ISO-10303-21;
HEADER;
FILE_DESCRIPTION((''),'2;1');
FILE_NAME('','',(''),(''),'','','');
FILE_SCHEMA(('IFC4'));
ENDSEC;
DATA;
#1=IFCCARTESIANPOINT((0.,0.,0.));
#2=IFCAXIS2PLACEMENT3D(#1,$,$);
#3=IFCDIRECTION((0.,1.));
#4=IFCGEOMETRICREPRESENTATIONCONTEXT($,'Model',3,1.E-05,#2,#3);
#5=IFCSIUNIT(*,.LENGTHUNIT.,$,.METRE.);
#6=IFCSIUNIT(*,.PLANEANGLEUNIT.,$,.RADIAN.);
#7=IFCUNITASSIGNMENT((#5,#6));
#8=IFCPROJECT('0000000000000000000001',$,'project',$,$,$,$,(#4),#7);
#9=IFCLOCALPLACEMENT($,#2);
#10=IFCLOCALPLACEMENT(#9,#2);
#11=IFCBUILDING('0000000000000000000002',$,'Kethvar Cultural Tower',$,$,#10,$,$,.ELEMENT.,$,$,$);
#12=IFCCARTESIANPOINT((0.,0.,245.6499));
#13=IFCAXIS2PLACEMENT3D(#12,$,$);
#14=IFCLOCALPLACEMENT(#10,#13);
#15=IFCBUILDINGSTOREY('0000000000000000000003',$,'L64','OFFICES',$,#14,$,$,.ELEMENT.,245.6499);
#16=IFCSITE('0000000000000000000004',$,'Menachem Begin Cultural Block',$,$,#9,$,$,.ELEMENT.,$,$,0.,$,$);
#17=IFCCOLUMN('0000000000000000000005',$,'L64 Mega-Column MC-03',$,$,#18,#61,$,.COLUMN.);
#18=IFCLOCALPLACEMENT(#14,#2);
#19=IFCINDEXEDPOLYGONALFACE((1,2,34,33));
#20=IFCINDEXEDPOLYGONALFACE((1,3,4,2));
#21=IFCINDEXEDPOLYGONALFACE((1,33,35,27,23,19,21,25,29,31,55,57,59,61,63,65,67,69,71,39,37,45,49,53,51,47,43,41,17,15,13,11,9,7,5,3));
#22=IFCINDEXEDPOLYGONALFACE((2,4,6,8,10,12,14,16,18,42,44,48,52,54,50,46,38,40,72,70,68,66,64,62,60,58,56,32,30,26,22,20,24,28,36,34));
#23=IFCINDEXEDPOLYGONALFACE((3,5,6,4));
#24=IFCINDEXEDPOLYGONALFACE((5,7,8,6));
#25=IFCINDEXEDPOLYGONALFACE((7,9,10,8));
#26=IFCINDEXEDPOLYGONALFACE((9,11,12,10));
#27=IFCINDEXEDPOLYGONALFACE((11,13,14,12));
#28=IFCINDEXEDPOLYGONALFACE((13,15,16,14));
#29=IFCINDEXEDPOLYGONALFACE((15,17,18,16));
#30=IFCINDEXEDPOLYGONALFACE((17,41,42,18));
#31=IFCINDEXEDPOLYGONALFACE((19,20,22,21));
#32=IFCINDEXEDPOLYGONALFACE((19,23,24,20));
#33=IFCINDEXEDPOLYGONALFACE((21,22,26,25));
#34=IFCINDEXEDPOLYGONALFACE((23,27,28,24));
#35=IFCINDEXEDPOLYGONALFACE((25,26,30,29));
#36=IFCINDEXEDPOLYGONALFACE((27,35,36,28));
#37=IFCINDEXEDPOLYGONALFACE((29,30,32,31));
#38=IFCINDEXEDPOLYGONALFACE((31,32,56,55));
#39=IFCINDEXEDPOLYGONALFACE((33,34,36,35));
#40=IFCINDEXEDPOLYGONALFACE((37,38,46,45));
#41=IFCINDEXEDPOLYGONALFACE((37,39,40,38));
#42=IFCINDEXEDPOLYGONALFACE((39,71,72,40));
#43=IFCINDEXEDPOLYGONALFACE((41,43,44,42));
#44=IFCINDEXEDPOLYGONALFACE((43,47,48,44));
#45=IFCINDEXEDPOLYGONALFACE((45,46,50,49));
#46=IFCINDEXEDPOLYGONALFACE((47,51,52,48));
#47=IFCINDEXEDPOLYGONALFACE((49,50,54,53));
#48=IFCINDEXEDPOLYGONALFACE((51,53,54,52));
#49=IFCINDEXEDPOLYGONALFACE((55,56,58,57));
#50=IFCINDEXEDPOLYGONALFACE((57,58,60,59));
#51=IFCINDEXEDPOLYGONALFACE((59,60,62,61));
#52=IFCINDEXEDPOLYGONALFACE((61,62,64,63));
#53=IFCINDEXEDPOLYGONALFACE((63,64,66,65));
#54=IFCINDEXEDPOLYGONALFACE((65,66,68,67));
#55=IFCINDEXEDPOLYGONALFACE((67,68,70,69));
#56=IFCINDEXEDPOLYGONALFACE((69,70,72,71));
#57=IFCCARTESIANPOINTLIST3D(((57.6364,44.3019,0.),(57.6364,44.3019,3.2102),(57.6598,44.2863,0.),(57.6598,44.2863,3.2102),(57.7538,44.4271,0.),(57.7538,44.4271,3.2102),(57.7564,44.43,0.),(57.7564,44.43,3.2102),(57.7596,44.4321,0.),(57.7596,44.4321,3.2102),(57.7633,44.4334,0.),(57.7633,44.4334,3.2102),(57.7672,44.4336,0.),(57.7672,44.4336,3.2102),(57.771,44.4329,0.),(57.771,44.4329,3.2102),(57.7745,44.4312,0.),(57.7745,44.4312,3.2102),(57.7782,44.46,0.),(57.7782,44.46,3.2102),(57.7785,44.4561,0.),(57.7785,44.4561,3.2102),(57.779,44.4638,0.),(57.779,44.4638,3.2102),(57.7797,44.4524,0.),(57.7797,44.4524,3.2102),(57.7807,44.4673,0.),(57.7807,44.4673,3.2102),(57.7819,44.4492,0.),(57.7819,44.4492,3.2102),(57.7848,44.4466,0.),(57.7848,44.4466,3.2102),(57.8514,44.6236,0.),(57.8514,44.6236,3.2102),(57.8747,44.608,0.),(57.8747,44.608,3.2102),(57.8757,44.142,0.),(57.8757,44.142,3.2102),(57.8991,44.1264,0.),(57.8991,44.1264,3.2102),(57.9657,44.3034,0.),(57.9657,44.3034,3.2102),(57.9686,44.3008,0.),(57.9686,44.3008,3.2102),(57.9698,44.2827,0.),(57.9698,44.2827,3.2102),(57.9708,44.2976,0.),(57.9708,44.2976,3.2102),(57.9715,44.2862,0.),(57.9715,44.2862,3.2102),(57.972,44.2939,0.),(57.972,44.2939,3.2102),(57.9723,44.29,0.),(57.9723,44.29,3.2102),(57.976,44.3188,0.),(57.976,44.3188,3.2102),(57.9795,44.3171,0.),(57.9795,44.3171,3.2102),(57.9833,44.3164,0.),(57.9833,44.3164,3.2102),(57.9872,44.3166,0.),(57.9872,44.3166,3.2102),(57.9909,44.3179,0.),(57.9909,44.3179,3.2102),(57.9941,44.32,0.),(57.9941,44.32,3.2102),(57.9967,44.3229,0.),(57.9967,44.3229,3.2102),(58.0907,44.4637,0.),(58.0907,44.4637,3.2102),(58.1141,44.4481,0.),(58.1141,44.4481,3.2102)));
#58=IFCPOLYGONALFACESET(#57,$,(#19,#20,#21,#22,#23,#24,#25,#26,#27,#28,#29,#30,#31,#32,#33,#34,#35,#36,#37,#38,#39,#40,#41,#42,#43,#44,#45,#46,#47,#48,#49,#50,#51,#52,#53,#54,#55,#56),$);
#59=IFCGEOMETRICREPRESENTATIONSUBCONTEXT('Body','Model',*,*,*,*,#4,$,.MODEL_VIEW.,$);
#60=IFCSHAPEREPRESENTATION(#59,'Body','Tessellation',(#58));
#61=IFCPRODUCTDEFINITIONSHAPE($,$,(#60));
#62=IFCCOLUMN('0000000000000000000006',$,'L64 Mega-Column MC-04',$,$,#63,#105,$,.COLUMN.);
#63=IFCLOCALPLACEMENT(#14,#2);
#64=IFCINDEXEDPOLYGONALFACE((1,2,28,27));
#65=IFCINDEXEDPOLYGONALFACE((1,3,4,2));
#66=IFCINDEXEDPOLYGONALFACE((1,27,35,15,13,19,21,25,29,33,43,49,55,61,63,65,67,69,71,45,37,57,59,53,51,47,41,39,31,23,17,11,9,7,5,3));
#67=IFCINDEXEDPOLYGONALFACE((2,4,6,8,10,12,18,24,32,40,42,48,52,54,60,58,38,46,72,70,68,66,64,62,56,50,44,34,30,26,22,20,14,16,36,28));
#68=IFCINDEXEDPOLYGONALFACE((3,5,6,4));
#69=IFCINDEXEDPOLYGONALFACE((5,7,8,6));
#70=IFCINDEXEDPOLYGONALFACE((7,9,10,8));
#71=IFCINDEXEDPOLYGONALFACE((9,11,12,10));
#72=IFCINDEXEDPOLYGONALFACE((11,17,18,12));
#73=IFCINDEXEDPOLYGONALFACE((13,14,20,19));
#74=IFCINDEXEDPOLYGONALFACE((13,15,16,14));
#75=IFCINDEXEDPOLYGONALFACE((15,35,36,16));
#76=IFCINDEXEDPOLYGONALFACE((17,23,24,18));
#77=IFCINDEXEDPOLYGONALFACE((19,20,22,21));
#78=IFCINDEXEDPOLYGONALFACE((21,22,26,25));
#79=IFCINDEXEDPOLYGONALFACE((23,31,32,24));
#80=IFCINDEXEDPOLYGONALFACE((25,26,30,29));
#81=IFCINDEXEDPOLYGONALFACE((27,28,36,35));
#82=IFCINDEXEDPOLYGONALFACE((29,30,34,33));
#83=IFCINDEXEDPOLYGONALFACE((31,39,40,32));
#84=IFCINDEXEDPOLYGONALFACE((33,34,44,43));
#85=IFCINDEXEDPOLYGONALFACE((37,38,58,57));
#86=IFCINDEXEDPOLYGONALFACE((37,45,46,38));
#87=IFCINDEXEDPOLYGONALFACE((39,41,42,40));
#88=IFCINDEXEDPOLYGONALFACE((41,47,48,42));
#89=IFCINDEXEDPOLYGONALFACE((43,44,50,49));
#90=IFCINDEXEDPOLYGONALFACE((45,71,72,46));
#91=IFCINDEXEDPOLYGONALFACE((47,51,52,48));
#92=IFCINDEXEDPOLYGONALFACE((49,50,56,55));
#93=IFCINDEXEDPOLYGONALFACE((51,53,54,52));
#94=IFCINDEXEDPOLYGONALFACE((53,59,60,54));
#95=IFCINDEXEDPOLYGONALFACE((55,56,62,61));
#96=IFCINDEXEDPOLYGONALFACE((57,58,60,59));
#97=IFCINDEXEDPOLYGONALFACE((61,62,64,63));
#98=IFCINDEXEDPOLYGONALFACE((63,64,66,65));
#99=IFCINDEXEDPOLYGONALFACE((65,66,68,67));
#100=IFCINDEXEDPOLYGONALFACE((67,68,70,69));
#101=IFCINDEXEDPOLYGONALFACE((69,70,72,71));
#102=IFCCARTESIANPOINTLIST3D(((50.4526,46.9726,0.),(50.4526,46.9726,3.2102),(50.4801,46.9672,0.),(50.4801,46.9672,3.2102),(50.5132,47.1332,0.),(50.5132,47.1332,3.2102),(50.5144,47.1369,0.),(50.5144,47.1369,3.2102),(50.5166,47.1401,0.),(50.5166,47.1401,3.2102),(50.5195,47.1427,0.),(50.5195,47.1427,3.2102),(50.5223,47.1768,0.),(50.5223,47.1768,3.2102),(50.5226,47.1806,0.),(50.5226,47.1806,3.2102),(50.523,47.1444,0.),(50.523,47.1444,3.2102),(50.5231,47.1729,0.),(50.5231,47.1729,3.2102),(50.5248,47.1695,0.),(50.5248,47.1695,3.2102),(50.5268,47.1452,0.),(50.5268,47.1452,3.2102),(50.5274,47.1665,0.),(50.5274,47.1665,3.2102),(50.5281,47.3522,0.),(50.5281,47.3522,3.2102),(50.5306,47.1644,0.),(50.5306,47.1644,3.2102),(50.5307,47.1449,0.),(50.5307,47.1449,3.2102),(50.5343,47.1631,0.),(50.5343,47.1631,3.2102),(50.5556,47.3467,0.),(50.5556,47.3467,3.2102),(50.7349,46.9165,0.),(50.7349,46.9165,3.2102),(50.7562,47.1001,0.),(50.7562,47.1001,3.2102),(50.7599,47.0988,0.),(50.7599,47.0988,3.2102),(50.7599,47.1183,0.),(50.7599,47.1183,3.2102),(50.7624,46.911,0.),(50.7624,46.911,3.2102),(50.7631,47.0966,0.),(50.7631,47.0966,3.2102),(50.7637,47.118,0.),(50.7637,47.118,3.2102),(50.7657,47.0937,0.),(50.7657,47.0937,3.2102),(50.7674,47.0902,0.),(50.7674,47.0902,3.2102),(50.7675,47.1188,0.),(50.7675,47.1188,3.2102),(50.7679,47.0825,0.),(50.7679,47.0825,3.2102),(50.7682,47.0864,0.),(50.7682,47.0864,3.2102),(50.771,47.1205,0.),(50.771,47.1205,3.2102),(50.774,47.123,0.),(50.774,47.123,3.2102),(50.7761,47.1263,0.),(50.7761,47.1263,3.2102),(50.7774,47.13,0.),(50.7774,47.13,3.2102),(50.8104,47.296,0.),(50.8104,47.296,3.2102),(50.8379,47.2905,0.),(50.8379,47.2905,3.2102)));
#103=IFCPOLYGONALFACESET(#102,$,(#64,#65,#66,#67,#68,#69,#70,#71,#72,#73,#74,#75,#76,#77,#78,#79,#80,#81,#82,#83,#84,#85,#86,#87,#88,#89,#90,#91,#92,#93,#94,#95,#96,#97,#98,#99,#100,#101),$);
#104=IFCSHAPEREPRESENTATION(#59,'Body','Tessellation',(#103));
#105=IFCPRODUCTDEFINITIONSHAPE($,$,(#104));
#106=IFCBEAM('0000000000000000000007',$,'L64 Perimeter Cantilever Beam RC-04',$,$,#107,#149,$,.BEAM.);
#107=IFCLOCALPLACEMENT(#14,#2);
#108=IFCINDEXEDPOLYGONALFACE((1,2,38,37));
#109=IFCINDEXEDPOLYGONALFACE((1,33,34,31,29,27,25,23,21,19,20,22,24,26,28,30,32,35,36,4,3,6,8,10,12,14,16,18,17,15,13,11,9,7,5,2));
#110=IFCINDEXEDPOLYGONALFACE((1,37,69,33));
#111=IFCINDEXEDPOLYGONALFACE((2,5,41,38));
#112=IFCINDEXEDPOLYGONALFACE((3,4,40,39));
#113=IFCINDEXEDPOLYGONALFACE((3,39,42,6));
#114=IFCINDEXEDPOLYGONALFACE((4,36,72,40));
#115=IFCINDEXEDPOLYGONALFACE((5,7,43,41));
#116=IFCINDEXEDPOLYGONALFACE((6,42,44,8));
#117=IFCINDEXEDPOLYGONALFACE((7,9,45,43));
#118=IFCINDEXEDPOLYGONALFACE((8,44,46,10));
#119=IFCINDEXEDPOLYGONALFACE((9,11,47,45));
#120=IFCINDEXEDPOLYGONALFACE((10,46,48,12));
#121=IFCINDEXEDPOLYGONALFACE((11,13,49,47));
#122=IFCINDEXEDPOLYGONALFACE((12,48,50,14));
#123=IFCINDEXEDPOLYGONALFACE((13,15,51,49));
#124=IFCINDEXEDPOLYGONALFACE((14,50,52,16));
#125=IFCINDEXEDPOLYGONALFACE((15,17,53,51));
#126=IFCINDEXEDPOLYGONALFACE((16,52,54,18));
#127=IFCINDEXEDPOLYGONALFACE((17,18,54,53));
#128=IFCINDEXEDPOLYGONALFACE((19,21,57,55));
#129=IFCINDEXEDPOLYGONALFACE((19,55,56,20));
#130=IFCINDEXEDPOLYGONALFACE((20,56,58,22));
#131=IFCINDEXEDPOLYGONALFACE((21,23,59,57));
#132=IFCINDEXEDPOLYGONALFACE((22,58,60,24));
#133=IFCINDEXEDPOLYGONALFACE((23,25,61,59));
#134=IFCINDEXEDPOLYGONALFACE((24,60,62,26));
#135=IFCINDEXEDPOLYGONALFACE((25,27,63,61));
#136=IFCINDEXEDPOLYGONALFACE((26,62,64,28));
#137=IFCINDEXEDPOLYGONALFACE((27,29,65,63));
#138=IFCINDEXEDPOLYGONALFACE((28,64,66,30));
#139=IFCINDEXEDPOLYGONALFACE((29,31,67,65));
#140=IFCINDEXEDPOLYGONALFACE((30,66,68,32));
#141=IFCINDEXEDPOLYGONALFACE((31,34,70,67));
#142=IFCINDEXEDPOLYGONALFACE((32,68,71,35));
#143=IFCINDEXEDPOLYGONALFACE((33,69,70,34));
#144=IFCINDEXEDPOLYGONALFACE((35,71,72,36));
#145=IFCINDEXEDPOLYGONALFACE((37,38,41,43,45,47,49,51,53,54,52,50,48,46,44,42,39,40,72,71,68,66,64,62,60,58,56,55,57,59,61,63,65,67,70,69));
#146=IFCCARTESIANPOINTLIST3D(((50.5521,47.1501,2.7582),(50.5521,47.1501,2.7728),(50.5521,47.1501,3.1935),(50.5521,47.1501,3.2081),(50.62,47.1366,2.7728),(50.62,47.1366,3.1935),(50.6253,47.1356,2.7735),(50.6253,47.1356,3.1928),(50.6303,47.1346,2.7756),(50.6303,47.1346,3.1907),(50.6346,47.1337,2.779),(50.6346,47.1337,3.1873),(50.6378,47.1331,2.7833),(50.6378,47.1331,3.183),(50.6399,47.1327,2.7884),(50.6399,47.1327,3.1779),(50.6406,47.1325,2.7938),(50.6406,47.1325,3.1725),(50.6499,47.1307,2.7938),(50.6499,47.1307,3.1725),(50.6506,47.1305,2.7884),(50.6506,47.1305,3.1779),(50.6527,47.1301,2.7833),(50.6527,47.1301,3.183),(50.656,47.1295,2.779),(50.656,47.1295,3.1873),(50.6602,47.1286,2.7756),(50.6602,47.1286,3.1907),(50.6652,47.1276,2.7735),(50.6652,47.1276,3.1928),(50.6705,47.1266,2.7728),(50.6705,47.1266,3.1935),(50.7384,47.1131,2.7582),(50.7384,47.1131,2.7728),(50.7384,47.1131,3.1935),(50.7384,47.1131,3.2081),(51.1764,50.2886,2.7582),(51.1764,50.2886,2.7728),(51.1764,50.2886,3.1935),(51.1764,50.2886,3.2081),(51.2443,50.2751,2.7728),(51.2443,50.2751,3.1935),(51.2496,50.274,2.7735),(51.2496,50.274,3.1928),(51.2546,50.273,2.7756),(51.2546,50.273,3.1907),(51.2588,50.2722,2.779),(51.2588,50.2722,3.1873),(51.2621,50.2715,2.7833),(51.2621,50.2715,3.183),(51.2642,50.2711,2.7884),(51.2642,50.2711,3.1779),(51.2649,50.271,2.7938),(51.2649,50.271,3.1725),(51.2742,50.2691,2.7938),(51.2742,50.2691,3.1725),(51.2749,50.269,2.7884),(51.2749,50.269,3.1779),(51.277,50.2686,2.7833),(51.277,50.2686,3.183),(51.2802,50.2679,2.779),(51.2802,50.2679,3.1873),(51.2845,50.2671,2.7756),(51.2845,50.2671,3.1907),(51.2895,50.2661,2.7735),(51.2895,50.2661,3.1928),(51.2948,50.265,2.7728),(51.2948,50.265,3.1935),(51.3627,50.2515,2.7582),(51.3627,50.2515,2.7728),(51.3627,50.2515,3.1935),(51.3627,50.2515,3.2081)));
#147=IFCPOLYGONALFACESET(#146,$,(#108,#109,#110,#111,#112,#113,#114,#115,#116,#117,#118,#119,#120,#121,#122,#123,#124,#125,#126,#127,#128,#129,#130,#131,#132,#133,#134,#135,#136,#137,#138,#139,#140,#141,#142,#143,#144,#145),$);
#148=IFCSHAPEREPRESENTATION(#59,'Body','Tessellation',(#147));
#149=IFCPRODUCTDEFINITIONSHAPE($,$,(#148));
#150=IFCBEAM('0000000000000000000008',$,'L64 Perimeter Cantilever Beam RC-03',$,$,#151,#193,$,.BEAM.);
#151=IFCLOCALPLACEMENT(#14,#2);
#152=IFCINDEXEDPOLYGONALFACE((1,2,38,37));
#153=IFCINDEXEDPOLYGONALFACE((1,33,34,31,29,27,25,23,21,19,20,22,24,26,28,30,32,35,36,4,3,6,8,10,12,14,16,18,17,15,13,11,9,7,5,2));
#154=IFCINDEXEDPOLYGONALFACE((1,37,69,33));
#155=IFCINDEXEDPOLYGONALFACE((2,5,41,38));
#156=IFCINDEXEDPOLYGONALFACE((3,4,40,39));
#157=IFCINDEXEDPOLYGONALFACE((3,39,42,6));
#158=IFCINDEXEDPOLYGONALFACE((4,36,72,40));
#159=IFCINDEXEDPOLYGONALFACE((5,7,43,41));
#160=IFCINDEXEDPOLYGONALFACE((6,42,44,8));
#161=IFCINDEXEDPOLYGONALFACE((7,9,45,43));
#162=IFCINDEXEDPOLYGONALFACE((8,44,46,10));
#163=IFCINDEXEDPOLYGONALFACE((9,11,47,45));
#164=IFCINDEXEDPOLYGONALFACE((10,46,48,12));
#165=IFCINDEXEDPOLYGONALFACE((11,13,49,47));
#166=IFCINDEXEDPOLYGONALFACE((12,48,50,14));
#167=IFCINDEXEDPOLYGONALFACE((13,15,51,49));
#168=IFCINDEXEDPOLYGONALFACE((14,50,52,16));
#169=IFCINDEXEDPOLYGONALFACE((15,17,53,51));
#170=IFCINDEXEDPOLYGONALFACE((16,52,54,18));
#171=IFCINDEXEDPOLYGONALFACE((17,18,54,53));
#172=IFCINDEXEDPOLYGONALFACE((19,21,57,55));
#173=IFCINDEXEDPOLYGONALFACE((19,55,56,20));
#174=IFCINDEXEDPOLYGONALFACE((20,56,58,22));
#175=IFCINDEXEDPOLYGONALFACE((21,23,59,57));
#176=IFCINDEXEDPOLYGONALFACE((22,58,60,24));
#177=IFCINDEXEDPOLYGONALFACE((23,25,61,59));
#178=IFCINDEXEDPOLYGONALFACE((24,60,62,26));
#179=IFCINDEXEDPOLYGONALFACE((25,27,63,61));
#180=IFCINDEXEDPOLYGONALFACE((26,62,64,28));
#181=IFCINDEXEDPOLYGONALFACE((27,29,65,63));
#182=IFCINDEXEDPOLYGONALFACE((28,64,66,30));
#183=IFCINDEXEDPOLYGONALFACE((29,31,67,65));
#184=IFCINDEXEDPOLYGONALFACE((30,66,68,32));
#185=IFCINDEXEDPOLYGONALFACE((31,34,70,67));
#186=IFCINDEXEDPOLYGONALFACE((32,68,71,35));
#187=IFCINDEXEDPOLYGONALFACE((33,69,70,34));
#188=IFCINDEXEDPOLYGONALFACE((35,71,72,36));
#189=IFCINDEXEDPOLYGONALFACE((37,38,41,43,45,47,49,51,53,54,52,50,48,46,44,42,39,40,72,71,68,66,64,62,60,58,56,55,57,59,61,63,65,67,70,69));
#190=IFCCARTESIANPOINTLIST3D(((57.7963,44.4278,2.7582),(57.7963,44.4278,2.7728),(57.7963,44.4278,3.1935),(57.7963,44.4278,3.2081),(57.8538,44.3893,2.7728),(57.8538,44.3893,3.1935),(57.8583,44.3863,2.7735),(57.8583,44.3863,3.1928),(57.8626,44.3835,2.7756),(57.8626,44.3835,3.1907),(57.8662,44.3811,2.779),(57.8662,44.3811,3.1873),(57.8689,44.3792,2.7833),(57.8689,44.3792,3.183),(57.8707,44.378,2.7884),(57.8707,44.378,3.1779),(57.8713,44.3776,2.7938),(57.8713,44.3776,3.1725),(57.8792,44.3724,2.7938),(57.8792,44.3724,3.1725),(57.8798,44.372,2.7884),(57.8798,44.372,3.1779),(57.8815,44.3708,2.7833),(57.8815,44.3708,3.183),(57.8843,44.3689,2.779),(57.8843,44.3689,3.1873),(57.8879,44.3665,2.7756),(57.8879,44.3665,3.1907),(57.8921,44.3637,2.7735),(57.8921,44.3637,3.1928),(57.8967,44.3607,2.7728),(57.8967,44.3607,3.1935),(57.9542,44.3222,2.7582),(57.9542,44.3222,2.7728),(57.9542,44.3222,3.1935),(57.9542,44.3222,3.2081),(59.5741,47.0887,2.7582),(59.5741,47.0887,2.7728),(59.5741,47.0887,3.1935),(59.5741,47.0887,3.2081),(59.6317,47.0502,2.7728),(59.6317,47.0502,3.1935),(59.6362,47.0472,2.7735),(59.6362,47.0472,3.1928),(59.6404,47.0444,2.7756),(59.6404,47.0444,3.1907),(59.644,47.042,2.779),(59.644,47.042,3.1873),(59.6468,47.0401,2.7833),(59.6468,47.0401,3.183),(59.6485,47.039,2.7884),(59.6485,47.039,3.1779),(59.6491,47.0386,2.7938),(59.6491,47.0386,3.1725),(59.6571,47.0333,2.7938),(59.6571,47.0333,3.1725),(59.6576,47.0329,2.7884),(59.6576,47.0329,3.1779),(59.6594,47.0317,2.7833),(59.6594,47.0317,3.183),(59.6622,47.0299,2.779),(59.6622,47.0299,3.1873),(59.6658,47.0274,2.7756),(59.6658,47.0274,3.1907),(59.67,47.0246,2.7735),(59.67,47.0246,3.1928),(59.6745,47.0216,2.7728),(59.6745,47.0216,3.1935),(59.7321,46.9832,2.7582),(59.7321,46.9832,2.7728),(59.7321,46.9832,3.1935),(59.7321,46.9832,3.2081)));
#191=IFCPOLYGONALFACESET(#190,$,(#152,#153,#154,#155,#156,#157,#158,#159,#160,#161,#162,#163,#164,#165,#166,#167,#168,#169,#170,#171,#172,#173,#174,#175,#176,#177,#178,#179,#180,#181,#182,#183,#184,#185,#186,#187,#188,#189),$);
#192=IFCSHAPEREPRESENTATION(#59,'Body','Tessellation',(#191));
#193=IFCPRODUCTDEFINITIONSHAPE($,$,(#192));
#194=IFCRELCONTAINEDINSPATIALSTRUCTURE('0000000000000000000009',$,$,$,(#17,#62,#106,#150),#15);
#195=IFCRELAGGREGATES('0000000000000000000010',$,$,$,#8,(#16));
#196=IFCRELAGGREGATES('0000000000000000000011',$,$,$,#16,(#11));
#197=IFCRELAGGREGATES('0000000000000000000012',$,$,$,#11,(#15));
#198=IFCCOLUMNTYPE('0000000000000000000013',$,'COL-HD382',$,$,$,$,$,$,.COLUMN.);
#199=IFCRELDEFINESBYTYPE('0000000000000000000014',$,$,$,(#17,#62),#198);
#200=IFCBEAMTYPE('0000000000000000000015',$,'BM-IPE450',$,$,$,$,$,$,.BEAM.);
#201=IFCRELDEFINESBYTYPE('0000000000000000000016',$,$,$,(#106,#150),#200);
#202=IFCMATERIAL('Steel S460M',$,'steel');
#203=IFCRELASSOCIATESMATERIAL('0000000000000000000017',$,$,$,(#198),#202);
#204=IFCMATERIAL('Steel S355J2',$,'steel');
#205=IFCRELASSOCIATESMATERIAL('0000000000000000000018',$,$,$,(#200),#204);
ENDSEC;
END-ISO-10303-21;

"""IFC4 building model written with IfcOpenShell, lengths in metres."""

from ifc_helpers import new_model, si_unit, direction, frame, origin, origin_2d, place, context, subcontext, project, spatial, i_section, extrude, source, transform, mapped, material, material_profile, profile_set, type_object, element, save


model = new_model("IFC4")

# Units and contexts
model_context = context("Model", 3, precision=1e-05, world=origin(), true_north=direction((0.0, 1.0)))
body_context = subcontext(model_context, "Body", "Model", "MODEL_VIEW")
ifc_project = project(units=[si_unit("LENGTHUNIT", "METRE"), si_unit("PLANEANGLEUNIT", "RADIAN")], contexts=[model_context])

# Site, building, storey
site_placement = place(None, origin())
site = spatial("IfcSite", under=ifc_project, at=site_placement, Name="Menachem Begin Cultural Block", CompositionType="ELEMENT", RefElevation=0.0)
building_placement = place(site_placement, origin())
building = spatial("IfcBuilding", under=site, at=building_placement, Name="Kethvar Cultural Tower", CompositionType="ELEMENT")
storey_placement = place(building_placement, frame((0.0, 0.0, 245.6499)))
storey = spatial("IfcBuildingStorey", under=building, at=storey_placement, Name="L64", Description="OFFICES", CompositionType="ELEMENT", Elevation=245.6499)

# Columns
ifc_material_1 = material(Name="Steel S460M", Category="steel")
ifc_material_profile_1 = material_profile(ifc_material_1, i_section(OverallWidth=0.387, OverallDepth=0.3159, WebThickness=0.0186, FlangeThickness=0.0281, FilletRadius=0.0149, at=origin_2d()), Name="Steel S460M — HD400x382")
ifc_profile_set_1 = profile_set([ifc_material_profile_1], Name="Steel S460M — HD400x382")
column_type = type_object("IfcColumnType", Name="COL-HD382", PredefinedType="COLUMN", material=ifc_profile_set_1)
shared_shape_1 = source(origin(), body_context, "Body", "SweptSolid", [
    extrude(i_section(OverallWidth=0.387, OverallDepth=0.3159, WebThickness=0.0186, FlangeThickness=0.0281, FilletRadius=0.0149, at=origin_2d()), origin(), (0.0, 0.0, 1.0), 3.2102),
])
for number, where, z_axis, x_axis, name in (
    (1, (57.8752, 44.375, 0.0), (0.0, 0.0, 1.0), (0.55557, 0.83147, 0.0), "L64 Mega-Column MC-03"),
    (2, (50.6453, 47.1316, 0.0), (0.0, 0.0, 1.0), (0.19509, 0.980785, 0.0), "L64 Mega-Column MC-04"),
):
    element("IfcColumn", number, at=place(storey_placement, frame(where, z_axis=z_axis, x_axis=x_axis)), inside=storey, type_object=column_type, Name=name, PredefinedType="COLUMN", context=body_context, shape_type="MappedRepresentation", body=[
        mapped(shared_shape_1, transform((0.0, 0.0, 0.0), scale=1.0)),
    ])

# Beams
ifc_material_2 = material(Name="Steel S355J2", Category="steel")
ifc_material_profile_2 = material_profile(ifc_material_2, i_section(OverallWidth=0.1899, OverallDepth=0.45, WebThickness=0.0095, FlangeThickness=0.0146, FilletRadius=0.021, at=origin_2d()), Name="Steel S355J2 — IPE450")
ifc_profile_set_2 = profile_set([ifc_material_profile_2], Name="Steel S355J2 — IPE450")
beam_type_1 = type_object("IfcBeamType", Name="BM-IPE450", PredefinedType="BEAM", material=ifc_profile_set_2)
shared_shape_2 = source(origin(), body_context, "Body", "SweptSolid", [
    extrude(i_section(OverallWidth=0.1899, OverallDepth=0.45, WebThickness=0.0095, FlangeThickness=0.0146, FilletRadius=0.021, at=origin_2d()), origin(), (0.0, 0.0, 1.0), 3.2),
])
beam_1_placement = place(storey_placement, frame((50.6453, 47.1316, 2.9832), z_axis=(0.195089, 0.980786, 0.0), x_axis=(-0.980786, 0.195089, 0.0)))
element("IfcBeam", 3, at=beam_1_placement, inside=storey, type_object=beam_type_1, Name="L64 Perimeter Cantilever Beam RC-04", PredefinedType="BEAM", context=body_context, shape_type="MappedRepresentation", body=[
    mapped(shared_shape_2, transform((0.0, 0.0, 0.0), scale=1.0)),
])
shared_shape_3 = source(origin(), body_context, "Body", "SweptSolid", [
    extrude(i_section(OverallWidth=0.1899, OverallDepth=0.45, WebThickness=0.0095, FlangeThickness=0.0146, FilletRadius=0.021, at=origin_2d()), origin(), (0.0, 0.0, 1.0), 3.2002),
])
beam_2_placement = place(storey_placement, frame((57.8752, 44.375, 2.9832), z_axis=(0.555545, 0.831486, 0.0), x_axis=(-0.831486, 0.555545, 0.0)))
element("IfcBeam", 4, at=beam_2_placement, inside=storey, type_object=beam_type_1, Name="L64 Perimeter Cantilever Beam RC-03", PredefinedType="BEAM", context=body_context, shape_type="MappedRepresentation", body=[
    mapped(shared_shape_3, transform((0.0, 0.0, 0.0), scale=1.0)),
])

save(model, "model.ifc")
